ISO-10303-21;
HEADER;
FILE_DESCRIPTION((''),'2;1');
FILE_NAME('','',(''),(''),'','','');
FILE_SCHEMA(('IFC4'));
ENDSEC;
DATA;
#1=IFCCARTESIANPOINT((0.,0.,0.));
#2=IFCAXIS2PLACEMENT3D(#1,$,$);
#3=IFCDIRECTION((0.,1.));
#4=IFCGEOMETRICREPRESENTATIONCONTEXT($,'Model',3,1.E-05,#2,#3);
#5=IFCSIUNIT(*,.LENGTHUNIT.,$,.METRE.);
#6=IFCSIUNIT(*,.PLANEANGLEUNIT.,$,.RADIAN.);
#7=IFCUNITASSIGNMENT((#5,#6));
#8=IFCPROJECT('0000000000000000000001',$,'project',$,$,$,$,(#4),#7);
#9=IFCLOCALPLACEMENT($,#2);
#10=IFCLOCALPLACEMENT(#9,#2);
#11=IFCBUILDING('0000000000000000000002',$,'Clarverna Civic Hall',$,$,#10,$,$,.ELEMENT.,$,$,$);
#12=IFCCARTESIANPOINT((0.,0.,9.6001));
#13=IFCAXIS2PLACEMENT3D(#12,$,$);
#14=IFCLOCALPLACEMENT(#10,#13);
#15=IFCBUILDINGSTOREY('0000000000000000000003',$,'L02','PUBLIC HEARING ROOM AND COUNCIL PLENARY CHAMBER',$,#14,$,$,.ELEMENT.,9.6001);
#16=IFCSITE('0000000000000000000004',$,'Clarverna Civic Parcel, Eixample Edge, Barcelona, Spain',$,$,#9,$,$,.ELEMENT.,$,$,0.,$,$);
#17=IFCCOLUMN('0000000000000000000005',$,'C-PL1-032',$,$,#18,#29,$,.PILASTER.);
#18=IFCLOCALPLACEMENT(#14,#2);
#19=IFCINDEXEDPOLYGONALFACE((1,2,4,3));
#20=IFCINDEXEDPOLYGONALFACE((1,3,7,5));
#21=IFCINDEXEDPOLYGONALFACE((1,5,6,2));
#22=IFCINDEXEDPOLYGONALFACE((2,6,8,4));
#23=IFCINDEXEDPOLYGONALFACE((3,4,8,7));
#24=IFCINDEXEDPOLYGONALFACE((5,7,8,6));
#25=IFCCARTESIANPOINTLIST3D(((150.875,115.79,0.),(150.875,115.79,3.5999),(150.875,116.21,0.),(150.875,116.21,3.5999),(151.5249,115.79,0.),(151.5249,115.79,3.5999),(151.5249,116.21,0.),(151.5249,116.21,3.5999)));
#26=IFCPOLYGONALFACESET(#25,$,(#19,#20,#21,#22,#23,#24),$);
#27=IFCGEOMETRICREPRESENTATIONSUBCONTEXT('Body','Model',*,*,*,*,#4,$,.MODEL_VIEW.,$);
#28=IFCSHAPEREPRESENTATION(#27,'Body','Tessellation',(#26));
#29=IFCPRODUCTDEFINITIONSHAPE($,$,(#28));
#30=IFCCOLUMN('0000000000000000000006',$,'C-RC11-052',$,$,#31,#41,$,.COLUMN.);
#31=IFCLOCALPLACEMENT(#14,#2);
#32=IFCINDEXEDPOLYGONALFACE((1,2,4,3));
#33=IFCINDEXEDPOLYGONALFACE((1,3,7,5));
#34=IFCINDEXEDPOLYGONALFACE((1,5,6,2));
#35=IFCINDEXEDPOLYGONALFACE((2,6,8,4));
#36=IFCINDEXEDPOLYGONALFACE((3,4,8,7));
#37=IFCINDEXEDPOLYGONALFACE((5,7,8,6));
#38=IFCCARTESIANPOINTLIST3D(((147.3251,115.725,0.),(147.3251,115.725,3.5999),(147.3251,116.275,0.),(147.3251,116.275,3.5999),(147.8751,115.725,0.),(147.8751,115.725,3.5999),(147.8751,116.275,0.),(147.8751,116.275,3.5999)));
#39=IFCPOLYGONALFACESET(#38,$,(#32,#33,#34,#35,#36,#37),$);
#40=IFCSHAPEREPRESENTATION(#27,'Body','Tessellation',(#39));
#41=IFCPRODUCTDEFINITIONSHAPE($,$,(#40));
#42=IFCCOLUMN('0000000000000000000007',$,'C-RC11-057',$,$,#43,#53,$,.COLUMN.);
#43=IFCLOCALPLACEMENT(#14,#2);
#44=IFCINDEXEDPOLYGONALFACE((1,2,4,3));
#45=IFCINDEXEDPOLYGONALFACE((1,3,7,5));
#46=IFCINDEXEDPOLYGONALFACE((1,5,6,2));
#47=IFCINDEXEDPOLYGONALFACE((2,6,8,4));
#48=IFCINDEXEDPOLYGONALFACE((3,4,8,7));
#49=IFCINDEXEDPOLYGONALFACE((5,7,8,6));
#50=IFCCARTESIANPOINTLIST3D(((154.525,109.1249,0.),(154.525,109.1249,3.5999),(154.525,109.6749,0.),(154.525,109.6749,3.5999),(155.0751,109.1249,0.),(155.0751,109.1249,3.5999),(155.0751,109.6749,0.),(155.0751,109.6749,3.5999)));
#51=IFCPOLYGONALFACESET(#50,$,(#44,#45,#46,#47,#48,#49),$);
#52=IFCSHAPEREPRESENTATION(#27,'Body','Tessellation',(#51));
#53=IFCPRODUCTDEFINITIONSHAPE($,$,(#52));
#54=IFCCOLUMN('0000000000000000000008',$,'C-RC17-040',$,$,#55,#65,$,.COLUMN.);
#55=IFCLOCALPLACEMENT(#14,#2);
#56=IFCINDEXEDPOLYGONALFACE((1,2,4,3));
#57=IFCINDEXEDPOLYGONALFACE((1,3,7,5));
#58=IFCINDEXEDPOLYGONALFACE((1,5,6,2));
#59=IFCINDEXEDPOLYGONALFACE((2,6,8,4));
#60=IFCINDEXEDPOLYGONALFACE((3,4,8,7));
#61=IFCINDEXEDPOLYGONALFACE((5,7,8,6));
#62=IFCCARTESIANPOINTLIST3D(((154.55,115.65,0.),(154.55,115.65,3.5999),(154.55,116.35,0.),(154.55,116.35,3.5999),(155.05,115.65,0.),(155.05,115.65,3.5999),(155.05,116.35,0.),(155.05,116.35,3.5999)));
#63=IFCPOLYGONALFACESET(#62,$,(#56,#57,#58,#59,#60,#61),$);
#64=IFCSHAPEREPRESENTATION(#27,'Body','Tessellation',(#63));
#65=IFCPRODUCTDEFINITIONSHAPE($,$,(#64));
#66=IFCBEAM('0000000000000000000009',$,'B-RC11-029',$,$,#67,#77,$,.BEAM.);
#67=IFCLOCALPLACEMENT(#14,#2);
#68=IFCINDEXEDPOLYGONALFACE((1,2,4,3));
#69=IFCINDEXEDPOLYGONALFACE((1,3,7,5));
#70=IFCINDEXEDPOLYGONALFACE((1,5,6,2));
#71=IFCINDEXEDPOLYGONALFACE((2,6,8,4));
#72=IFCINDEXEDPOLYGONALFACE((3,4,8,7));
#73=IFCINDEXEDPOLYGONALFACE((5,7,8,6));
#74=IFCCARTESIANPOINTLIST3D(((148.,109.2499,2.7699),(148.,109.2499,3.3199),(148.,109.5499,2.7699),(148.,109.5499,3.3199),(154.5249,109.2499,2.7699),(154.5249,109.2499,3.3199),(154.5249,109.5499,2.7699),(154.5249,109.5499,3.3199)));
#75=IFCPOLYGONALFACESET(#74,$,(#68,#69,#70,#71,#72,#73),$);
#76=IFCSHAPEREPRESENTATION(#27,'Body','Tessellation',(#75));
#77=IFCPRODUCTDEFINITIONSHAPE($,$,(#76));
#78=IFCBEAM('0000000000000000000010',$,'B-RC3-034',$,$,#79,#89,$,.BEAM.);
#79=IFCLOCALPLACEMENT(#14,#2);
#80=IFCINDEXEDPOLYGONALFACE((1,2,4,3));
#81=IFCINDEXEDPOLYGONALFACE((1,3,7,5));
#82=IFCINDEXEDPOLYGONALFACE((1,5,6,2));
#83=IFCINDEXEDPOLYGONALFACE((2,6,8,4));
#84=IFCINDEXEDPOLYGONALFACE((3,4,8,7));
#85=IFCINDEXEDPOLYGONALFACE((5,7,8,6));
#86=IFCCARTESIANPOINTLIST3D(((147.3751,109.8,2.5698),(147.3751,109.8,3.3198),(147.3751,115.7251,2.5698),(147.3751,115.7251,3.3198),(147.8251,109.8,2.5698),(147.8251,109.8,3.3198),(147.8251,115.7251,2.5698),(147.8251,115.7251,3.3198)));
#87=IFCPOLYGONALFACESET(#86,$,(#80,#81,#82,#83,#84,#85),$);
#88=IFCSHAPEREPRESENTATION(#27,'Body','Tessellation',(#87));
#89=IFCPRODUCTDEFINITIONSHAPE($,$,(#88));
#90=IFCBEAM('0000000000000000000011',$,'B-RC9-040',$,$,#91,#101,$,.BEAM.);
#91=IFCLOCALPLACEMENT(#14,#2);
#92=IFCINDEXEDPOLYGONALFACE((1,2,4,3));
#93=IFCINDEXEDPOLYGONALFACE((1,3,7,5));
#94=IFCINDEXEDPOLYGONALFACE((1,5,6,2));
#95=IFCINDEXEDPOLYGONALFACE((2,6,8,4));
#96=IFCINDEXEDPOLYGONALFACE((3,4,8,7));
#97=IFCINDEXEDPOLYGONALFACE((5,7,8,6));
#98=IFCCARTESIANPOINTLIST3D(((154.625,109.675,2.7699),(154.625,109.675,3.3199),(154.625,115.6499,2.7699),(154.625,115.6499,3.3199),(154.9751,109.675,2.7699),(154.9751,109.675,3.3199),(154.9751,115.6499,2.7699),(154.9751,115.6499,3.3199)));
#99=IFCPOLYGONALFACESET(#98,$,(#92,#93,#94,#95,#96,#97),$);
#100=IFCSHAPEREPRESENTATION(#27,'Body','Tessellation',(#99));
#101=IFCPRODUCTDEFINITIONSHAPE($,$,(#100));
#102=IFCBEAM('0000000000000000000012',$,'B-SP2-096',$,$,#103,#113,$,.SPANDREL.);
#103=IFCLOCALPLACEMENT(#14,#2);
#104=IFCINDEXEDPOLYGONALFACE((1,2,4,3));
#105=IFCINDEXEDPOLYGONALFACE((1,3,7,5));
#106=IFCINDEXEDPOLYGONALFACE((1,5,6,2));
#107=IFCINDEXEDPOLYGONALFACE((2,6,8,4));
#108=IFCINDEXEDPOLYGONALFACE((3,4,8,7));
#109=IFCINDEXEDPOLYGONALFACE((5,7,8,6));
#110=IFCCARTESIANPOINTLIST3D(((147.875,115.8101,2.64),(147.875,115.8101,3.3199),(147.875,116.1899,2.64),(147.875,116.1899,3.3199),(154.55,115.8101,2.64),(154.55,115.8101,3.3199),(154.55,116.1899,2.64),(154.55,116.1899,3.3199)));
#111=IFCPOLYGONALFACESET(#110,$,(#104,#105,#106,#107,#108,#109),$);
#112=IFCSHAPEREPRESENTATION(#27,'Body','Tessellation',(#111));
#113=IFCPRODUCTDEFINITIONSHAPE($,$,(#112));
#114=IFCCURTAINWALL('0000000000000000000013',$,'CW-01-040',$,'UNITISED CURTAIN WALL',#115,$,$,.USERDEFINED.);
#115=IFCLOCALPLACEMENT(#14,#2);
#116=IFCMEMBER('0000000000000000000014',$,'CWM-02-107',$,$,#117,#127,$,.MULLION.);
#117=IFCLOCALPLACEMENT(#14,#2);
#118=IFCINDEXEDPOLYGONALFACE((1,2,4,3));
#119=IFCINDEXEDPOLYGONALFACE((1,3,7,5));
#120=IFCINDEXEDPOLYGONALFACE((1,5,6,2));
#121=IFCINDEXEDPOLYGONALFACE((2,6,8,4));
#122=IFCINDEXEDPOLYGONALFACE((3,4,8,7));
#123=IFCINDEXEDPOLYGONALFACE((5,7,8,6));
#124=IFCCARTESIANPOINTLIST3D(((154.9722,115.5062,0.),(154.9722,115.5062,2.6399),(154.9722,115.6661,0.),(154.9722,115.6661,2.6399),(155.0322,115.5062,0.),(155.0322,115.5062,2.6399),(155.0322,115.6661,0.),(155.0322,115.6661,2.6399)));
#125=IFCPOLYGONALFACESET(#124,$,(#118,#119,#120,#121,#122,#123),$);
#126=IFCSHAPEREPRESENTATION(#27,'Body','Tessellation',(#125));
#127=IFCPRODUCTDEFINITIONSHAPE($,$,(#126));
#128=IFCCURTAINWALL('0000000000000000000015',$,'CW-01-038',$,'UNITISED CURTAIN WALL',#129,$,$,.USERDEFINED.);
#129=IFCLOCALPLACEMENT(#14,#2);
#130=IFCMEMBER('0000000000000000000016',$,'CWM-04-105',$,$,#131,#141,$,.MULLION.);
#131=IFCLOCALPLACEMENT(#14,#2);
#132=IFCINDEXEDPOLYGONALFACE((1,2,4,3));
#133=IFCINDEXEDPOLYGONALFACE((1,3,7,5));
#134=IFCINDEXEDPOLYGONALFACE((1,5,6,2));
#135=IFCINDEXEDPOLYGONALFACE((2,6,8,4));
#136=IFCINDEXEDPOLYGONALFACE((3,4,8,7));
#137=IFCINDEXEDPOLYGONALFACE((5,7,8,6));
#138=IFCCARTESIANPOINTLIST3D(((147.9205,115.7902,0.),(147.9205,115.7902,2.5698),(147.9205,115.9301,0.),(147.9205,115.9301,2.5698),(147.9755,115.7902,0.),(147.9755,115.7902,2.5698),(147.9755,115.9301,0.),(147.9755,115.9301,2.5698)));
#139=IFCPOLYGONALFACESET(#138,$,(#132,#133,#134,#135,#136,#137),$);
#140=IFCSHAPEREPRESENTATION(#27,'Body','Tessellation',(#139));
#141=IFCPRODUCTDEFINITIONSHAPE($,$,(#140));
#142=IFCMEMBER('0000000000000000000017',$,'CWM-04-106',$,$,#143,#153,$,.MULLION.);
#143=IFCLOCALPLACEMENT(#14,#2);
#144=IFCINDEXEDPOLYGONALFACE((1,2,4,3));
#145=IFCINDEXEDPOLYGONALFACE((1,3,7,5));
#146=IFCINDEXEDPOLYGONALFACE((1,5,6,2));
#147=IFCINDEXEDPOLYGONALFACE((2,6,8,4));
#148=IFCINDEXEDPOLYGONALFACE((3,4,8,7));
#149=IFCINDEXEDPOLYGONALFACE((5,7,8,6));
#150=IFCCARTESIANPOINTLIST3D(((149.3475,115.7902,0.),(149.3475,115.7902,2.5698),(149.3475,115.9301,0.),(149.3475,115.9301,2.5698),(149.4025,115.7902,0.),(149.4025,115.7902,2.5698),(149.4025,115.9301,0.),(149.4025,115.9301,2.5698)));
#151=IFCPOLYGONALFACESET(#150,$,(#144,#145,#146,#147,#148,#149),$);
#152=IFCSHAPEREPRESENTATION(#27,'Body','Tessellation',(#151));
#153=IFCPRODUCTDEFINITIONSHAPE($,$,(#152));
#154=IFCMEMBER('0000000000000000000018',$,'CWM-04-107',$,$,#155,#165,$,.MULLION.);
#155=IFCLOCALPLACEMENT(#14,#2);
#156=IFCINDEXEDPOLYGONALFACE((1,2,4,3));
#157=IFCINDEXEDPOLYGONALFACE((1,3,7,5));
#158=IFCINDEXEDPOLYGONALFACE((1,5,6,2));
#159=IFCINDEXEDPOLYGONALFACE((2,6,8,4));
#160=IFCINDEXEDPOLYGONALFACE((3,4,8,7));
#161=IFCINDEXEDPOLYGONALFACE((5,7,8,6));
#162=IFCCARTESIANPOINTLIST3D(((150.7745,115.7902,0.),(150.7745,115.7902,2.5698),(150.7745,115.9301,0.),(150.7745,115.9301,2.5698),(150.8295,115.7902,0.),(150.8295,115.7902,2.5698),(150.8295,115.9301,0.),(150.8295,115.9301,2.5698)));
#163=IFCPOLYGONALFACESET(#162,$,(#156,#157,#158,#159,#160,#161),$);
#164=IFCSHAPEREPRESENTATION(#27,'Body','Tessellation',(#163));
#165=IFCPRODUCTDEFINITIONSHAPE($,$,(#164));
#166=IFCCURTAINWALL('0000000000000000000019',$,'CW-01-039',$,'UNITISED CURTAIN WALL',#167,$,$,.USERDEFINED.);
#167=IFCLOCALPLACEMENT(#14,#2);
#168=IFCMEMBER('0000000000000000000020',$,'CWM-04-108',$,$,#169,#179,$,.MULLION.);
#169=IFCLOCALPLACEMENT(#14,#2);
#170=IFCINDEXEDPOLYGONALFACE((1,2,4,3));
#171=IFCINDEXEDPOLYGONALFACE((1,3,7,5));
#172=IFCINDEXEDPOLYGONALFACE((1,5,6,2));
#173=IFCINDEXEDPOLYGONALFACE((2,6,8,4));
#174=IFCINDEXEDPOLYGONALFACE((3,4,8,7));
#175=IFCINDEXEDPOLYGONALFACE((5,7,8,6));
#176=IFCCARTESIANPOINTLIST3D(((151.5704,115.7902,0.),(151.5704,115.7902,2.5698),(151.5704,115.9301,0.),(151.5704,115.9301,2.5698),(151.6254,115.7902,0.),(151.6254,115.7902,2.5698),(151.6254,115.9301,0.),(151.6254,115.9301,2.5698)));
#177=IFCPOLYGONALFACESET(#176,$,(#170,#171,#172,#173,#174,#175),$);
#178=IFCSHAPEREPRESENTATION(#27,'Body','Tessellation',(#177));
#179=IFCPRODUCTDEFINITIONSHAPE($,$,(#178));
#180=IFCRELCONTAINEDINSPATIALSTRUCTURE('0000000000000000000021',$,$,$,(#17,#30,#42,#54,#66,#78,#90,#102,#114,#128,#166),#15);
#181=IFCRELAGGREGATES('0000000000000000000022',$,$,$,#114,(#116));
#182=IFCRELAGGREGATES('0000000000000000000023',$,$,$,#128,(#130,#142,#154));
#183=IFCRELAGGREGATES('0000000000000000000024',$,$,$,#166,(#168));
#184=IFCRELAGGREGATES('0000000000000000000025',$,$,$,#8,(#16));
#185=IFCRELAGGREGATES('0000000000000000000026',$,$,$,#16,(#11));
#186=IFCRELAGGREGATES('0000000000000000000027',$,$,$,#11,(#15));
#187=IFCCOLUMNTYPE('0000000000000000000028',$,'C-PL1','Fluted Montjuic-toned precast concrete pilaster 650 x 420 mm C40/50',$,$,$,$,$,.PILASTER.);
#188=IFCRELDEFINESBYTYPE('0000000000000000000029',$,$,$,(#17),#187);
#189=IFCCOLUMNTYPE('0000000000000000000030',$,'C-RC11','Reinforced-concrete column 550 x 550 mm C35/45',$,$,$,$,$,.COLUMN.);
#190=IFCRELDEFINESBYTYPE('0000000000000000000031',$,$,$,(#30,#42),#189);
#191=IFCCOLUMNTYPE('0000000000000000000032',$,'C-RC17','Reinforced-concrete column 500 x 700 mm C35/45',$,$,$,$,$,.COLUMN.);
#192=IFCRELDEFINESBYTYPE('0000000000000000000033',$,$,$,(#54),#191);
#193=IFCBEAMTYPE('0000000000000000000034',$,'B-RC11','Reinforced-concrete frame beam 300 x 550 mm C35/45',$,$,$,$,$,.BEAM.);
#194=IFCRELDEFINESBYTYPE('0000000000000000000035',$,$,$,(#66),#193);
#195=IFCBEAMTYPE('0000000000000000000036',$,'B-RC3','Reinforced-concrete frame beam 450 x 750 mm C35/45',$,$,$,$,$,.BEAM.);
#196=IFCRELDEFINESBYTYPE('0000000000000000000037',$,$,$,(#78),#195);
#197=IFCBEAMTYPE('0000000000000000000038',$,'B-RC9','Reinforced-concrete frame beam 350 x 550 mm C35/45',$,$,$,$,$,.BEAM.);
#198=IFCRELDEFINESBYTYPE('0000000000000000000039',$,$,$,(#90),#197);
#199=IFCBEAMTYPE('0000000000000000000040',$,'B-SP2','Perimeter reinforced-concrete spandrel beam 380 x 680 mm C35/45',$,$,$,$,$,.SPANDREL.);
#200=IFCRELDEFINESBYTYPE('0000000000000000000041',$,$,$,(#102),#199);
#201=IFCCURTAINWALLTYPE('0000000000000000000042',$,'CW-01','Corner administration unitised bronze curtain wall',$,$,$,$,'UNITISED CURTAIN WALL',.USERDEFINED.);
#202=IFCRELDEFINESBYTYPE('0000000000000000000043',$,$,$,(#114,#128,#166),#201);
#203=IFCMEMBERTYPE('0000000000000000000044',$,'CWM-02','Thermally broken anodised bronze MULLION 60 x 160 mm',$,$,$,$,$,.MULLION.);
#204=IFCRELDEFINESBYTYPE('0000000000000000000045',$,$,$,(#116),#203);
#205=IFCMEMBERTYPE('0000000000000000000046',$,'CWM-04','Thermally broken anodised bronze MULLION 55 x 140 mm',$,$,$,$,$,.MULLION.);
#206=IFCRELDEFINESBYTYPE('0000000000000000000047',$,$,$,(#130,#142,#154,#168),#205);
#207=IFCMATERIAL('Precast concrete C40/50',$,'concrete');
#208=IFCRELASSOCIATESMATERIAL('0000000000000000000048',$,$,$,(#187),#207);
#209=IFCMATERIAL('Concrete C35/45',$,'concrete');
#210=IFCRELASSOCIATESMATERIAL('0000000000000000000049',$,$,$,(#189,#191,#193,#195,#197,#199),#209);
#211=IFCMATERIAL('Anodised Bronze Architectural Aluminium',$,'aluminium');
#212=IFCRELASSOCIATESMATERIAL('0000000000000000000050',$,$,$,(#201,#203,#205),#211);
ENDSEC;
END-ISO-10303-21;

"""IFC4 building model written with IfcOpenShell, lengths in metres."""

from ifc_helpers import new_model, si_unit, direction, frame, origin, origin_2d, place, context, subcontext, project, spatial, rectangle, extrude, material, material_profile, profile_set, type_object, element, aggregate, save


model = new_model("IFC4")

# Units and contexts
model_context = context("Model", 3, precision=1e-05, world=origin(), true_north=direction((0.0, 1.0)))
body_context = subcontext(model_context, "Body", "Model", "MODEL_VIEW")
ifc_project = project(units=[si_unit("LENGTHUNIT", "METRE"), si_unit("PLANEANGLEUNIT", "RADIAN")], contexts=[model_context])

# Site, building, storey
site_placement = place(None, origin())
site = spatial("IfcSite", under=ifc_project, at=site_placement, Name="Clarverna Civic Parcel, Eixample Edge, Barcelona, Spain", CompositionType="ELEMENT", RefElevation=0.0)
building_placement = place(site_placement, origin())
building = spatial("IfcBuilding", under=site, at=building_placement, Name="Clarverna Civic Hall", CompositionType="ELEMENT")
storey_placement = place(building_placement, frame((0.0, 0.0, 9.6001)))
storey = spatial("IfcBuildingStorey", under=building, at=storey_placement, Name="L02", Description="PUBLIC HEARING ROOM AND COUNCIL PLENARY CHAMBER", CompositionType="ELEMENT", Elevation=9.6001)

# Columns
ifc_material_1 = material(Name="Precast concrete C40/50", Category="concrete")
ifc_material_profile_1 = material_profile(ifc_material_1, rectangle(XDim=0.6499, YDim=0.4199, at=origin_2d()), Name="PILASTER 650x420")
ifc_profile_set_1 = profile_set([ifc_material_profile_1], Name="Precast concrete C40/50")
column_type_1 = type_object("IfcColumnType", Name="C-PL1", Description="Fluted Montjuic-toned precast concrete pilaster 650 x 420 mm C40/50", PredefinedType="PILASTER", material=ifc_profile_set_1)
column_1_placement = place(storey_placement, frame((151.2, 116.0, 0.0), z_axis=(0.0, 0.0, 1.0), x_axis=(1.0, 0.0, 0.0)))
element("IfcColumn", 1, at=column_1_placement, inside=storey, type_object=column_type_1, Name="C-PL1-032", PredefinedType="PILASTER", context=body_context, shape_type="SweptSolid", body=[
    extrude(rectangle(XDim=0.6499, YDim=0.4199, at=origin_2d()), origin(), (0.0, 0.0, 1.0), 3.5999),
])
ifc_material_2 = material(Name="Concrete C35/45", Category="concrete")
ifc_material_profile_2 = material_profile(ifc_material_2, rectangle(XDim=0.55, YDim=0.55, at=origin_2d()), Name="RC 550x550")
ifc_profile_set_2 = profile_set([ifc_material_profile_2], Name="Concrete C35/45")
column_type_2 = type_object("IfcColumnType", Name="C-RC11", Description="Reinforced-concrete column 550 x 550 mm C35/45", PredefinedType="COLUMN", material=ifc_profile_set_2)
for number, where, z_axis, x_axis, name in (
    (2, (147.6001, 116.0, 0.0), (0.0, 0.0, 1.0), (1.0, 0.0, 0.0), "C-RC11-052"),
    (3, (154.8, 109.3999, 0.0), (0.0, 0.0, 1.0), (1.0, 0.0, 0.0), "C-RC11-057"),
):
    element("IfcColumn", number, at=place(storey_placement, frame(where, z_axis=z_axis, x_axis=x_axis)), inside=storey, type_object=column_type_2, Name=name, PredefinedType="COLUMN", context=body_context, shape_type="SweptSolid", body=[
        extrude(rectangle(XDim=0.55, YDim=0.55, at=origin_2d()), origin(), (0.0, 0.0, 1.0), 3.5999),
    ])
ifc_material_profile_3 = material_profile(ifc_material_2, rectangle(XDim=0.5, YDim=0.7, at=origin_2d()), Name="RC 500x700")
ifc_profile_set_3 = profile_set([ifc_material_profile_3], Name="Concrete C35/45")
column_type_3 = type_object("IfcColumnType", Name="C-RC17", Description="Reinforced-concrete column 500 x 700 mm C35/45", PredefinedType="COLUMN", material=ifc_profile_set_3)
column_2_placement = place(storey_placement, frame((154.8, 116.0, 0.0), z_axis=(0.0, 0.0, 1.0), x_axis=(1.0, 0.0, 0.0)))
element("IfcColumn", 4, at=column_2_placement, inside=storey, type_object=column_type_3, Name="C-RC17-040", PredefinedType="COLUMN", context=body_context, shape_type="SweptSolid", body=[
    extrude(rectangle(XDim=0.5, YDim=0.7, at=origin_2d()), origin(), (0.0, 0.0, 1.0), 3.5999),
])

# Beams
ifc_material_profile_4 = material_profile(ifc_material_2, rectangle(XDim=0.3, YDim=0.55, at=origin_2d()), Name="RC 300x550")
ifc_profile_set_4 = profile_set([ifc_material_profile_4], Name="Concrete C35/45")
beam_type_1 = type_object("IfcBeamType", Name="B-RC11", Description="Reinforced-concrete frame beam 300 x 550 mm C35/45", PredefinedType="BEAM", material=ifc_profile_set_4)
beam_1_placement = place(storey_placement, frame((148.0, 109.3999, 3.0449), z_axis=(1.0, 0.0, 0.0), x_axis=(0.0, 1.0, 0.0)))
element("IfcBeam", 5, at=beam_1_placement, inside=storey, type_object=beam_type_1, Name="B-RC11-029", PredefinedType="BEAM", context=body_context, shape_type="SweptSolid", body=[
    extrude(rectangle(XDim=0.3, YDim=0.55, at=origin_2d()), origin(), (0.0, 0.0, 1.0), 6.5249),
])
ifc_material_profile_5 = material_profile(ifc_material_2, rectangle(XDim=0.45, YDim=0.75, at=origin_2d()), Name="RC 450x750")
ifc_profile_set_5 = profile_set([ifc_material_profile_5], Name="Concrete C35/45")
beam_type_2 = type_object("IfcBeamType", Name="B-RC3", Description="Reinforced-concrete frame beam 450 x 750 mm C35/45", PredefinedType="BEAM", material=ifc_profile_set_5)
beam_2_placement = place(storey_placement, frame((147.6001, 109.8, 2.9448), z_axis=(0.0, 1.0, 0.0), x_axis=(-1.0, 0.0, 0.0)))
element("IfcBeam", 6, at=beam_2_placement, inside=storey, type_object=beam_type_2, Name="B-RC3-034", PredefinedType="BEAM", context=body_context, shape_type="SweptSolid", body=[
    extrude(rectangle(XDim=0.45, YDim=0.75, at=origin_2d()), origin(), (0.0, 0.0, 1.0), 5.925),
])
ifc_material_profile_6 = material_profile(ifc_material_2, rectangle(XDim=0.3501, YDim=0.55, at=origin_2d()), Name="RC 350x550")
ifc_profile_set_6 = profile_set([ifc_material_profile_6], Name="Concrete C35/45")
beam_type_3 = type_object("IfcBeamType", Name="B-RC9", Description="Reinforced-concrete frame beam 350 x 550 mm C35/45", PredefinedType="BEAM", material=ifc_profile_set_6)
beam_3_placement = place(storey_placement, frame((154.8, 109.675, 3.0449), z_axis=(0.0, 1.0, 0.0), x_axis=(-1.0, 0.0, 0.0)))
element("IfcBeam", 7, at=beam_3_placement, inside=storey, type_object=beam_type_3, Name="B-RC9-040", PredefinedType="BEAM", context=body_context, shape_type="SweptSolid", body=[
    extrude(rectangle(XDim=0.3501, YDim=0.55, at=origin_2d()), origin(), (0.0, 0.0, 1.0), 5.9749),
])
ifc_material_profile_7 = material_profile(ifc_material_2, rectangle(XDim=0.3799, YDim=0.6799, at=origin_2d()), Name="RC 380x680")
ifc_profile_set_7 = profile_set([ifc_material_profile_7], Name="Concrete C35/45")
beam_type_4 = type_object("IfcBeamType", Name="B-SP2", Description="Perimeter reinforced-concrete spandrel beam 380 x 680 mm C35/45", PredefinedType="SPANDREL", material=ifc_profile_set_7)
beam_4_placement = place(storey_placement, frame((147.875, 116.0, 2.98), z_axis=(1.0, 0.0, 0.0), x_axis=(0.0, 1.0, 0.0)))
element("IfcBeam", 8, at=beam_4_placement, inside=storey, type_object=beam_type_4, Name="B-SP2-096", PredefinedType="SPANDREL", context=body_context, shape_type="SweptSolid", body=[
    extrude(rectangle(XDim=0.3799, YDim=0.6799, at=origin_2d()), origin(), (0.0, 0.0, 1.0), 6.675),
])

# Curtain wall, member
ifc_material_3 = material(Name="Anodised Bronze Architectural Aluminium", Category="aluminium")
curtain_wall_type = type_object("IfcCurtainWallType", Name="CW-01", Description="Corner administration unitised bronze curtain wall", ElementType="UNITISED CURTAIN WALL", PredefinedType="USERDEFINED", material=ifc_material_3)
curtain_wall_1_placement = place(storey_placement, origin())
curtain_wall_1 = element("IfcCurtainWall", 9, at=curtain_wall_1_placement, inside=storey, type_object=curtain_wall_type, Name="CW-01-040", ObjectType="UNITISED CURTAIN WALL", PredefinedType="USERDEFINED")
ifc_material_profile_8 = material_profile(ifc_material_3, rectangle(XDim=0.0601, YDim=0.1599, at=origin_2d()), Name="BRONZE 60x160")
ifc_profile_set_8 = profile_set([ifc_material_profile_8], Name="Anodised Bronze Architectural Aluminium")
member_type_1 = type_object("IfcMemberType", Name="CWM-02", Description="Thermally broken anodised bronze MULLION 60 x 160 mm", PredefinedType="MULLION", material=ifc_profile_set_8)
member_1_placement = place(storey_placement, frame((155.0022, 115.5862, 0.0), z_axis=(0.0, 0.0, 1.0), x_axis=(1.0, 0.0, 0.0)))
member_1 = element("IfcMember", 10, at=member_1_placement, type_object=member_type_1, Name="CWM-02-107", PredefinedType="MULLION", context=body_context, shape_type="SweptSolid", body=[
    extrude(rectangle(XDim=0.0601, YDim=0.1599, at=origin_2d()), origin(), (0.0, 0.0, 1.0), 2.6399),
])

# Curtain walls, members
curtain_wall_2_placement = place(storey_placement, origin())
curtain_wall_2 = element("IfcCurtainWall", 11, at=curtain_wall_2_placement, inside=storey, type_object=curtain_wall_type, Name="CW-01-038", ObjectType="UNITISED CURTAIN WALL", PredefinedType="USERDEFINED")
ifc_material_profile_9 = material_profile(ifc_material_3, rectangle(XDim=0.0549, YDim=0.1399, at=origin_2d()), Name="BRONZE 55x140")
ifc_profile_set_9 = profile_set([ifc_material_profile_9], Name="Anodised Bronze Architectural Aluminium")
member_type_2 = type_object("IfcMemberType", Name="CWM-04", Description="Thermally broken anodised bronze MULLION 55 x 140 mm", PredefinedType="MULLION", material=ifc_profile_set_9)
member_2_placement = place(storey_placement, frame((147.948, 115.8601, 0.0), z_axis=(0.0, 0.0, 1.0), x_axis=(1.0, 0.0, 0.0)))
member_2 = element("IfcMember", 12, at=member_2_placement, type_object=member_type_2, Name="CWM-04-105", PredefinedType="MULLION", context=body_context, shape_type="SweptSolid", body=[
    extrude(rectangle(XDim=0.0549, YDim=0.1399, at=origin_2d()), origin(), (0.0, 0.0, 1.0), 2.5698),
])
member_3_placement = place(storey_placement, frame((149.375, 115.8601, 0.0), z_axis=(0.0, 0.0, 1.0), x_axis=(1.0, 0.0, 0.0)))
member_3 = element("IfcMember", 13, at=member_3_placement, type_object=member_type_2, Name="CWM-04-106", PredefinedType="MULLION", context=body_context, shape_type="SweptSolid", body=[
    extrude(rectangle(XDim=0.0549, YDim=0.1399, at=origin_2d()), origin(), (0.0, 0.0, 1.0), 2.5698),
])
member_4_placement = place(storey_placement, frame((150.802, 115.8601, 0.0), z_axis=(0.0, 0.0, 1.0), x_axis=(1.0, 0.0, 0.0)))
member_4 = element("IfcMember", 14, at=member_4_placement, type_object=member_type_2, Name="CWM-04-107", PredefinedType="MULLION", context=body_context, shape_type="SweptSolid", body=[
    extrude(rectangle(XDim=0.0549, YDim=0.1399, at=origin_2d()), origin(), (0.0, 0.0, 1.0), 2.5698),
])
curtain_wall_3_placement = place(storey_placement, origin())
curtain_wall_3 = element("IfcCurtainWall", 15, at=curtain_wall_3_placement, inside=storey, type_object=curtain_wall_type, Name="CW-01-039", ObjectType="UNITISED CURTAIN WALL", PredefinedType="USERDEFINED")
member_5_placement = place(storey_placement, frame((151.5979, 115.8601, 0.0), z_axis=(0.0, 0.0, 1.0), x_axis=(1.0, 0.0, 0.0)))
member_5 = element("IfcMember", 16, at=member_5_placement, type_object=member_type_2, Name="CWM-04-108", PredefinedType="MULLION", context=body_context, shape_type="SweptSolid", body=[
    extrude(rectangle(XDim=0.0549, YDim=0.1399, at=origin_2d()), origin(), (0.0, 0.0, 1.0), 2.5698),
])

aggregate(curtain_wall_1, [member_1])

aggregate(curtain_wall_2, [member_2, member_3, member_4])
aggregate(curtain_wall_3, [member_5])

save(model, "model.ifc")
